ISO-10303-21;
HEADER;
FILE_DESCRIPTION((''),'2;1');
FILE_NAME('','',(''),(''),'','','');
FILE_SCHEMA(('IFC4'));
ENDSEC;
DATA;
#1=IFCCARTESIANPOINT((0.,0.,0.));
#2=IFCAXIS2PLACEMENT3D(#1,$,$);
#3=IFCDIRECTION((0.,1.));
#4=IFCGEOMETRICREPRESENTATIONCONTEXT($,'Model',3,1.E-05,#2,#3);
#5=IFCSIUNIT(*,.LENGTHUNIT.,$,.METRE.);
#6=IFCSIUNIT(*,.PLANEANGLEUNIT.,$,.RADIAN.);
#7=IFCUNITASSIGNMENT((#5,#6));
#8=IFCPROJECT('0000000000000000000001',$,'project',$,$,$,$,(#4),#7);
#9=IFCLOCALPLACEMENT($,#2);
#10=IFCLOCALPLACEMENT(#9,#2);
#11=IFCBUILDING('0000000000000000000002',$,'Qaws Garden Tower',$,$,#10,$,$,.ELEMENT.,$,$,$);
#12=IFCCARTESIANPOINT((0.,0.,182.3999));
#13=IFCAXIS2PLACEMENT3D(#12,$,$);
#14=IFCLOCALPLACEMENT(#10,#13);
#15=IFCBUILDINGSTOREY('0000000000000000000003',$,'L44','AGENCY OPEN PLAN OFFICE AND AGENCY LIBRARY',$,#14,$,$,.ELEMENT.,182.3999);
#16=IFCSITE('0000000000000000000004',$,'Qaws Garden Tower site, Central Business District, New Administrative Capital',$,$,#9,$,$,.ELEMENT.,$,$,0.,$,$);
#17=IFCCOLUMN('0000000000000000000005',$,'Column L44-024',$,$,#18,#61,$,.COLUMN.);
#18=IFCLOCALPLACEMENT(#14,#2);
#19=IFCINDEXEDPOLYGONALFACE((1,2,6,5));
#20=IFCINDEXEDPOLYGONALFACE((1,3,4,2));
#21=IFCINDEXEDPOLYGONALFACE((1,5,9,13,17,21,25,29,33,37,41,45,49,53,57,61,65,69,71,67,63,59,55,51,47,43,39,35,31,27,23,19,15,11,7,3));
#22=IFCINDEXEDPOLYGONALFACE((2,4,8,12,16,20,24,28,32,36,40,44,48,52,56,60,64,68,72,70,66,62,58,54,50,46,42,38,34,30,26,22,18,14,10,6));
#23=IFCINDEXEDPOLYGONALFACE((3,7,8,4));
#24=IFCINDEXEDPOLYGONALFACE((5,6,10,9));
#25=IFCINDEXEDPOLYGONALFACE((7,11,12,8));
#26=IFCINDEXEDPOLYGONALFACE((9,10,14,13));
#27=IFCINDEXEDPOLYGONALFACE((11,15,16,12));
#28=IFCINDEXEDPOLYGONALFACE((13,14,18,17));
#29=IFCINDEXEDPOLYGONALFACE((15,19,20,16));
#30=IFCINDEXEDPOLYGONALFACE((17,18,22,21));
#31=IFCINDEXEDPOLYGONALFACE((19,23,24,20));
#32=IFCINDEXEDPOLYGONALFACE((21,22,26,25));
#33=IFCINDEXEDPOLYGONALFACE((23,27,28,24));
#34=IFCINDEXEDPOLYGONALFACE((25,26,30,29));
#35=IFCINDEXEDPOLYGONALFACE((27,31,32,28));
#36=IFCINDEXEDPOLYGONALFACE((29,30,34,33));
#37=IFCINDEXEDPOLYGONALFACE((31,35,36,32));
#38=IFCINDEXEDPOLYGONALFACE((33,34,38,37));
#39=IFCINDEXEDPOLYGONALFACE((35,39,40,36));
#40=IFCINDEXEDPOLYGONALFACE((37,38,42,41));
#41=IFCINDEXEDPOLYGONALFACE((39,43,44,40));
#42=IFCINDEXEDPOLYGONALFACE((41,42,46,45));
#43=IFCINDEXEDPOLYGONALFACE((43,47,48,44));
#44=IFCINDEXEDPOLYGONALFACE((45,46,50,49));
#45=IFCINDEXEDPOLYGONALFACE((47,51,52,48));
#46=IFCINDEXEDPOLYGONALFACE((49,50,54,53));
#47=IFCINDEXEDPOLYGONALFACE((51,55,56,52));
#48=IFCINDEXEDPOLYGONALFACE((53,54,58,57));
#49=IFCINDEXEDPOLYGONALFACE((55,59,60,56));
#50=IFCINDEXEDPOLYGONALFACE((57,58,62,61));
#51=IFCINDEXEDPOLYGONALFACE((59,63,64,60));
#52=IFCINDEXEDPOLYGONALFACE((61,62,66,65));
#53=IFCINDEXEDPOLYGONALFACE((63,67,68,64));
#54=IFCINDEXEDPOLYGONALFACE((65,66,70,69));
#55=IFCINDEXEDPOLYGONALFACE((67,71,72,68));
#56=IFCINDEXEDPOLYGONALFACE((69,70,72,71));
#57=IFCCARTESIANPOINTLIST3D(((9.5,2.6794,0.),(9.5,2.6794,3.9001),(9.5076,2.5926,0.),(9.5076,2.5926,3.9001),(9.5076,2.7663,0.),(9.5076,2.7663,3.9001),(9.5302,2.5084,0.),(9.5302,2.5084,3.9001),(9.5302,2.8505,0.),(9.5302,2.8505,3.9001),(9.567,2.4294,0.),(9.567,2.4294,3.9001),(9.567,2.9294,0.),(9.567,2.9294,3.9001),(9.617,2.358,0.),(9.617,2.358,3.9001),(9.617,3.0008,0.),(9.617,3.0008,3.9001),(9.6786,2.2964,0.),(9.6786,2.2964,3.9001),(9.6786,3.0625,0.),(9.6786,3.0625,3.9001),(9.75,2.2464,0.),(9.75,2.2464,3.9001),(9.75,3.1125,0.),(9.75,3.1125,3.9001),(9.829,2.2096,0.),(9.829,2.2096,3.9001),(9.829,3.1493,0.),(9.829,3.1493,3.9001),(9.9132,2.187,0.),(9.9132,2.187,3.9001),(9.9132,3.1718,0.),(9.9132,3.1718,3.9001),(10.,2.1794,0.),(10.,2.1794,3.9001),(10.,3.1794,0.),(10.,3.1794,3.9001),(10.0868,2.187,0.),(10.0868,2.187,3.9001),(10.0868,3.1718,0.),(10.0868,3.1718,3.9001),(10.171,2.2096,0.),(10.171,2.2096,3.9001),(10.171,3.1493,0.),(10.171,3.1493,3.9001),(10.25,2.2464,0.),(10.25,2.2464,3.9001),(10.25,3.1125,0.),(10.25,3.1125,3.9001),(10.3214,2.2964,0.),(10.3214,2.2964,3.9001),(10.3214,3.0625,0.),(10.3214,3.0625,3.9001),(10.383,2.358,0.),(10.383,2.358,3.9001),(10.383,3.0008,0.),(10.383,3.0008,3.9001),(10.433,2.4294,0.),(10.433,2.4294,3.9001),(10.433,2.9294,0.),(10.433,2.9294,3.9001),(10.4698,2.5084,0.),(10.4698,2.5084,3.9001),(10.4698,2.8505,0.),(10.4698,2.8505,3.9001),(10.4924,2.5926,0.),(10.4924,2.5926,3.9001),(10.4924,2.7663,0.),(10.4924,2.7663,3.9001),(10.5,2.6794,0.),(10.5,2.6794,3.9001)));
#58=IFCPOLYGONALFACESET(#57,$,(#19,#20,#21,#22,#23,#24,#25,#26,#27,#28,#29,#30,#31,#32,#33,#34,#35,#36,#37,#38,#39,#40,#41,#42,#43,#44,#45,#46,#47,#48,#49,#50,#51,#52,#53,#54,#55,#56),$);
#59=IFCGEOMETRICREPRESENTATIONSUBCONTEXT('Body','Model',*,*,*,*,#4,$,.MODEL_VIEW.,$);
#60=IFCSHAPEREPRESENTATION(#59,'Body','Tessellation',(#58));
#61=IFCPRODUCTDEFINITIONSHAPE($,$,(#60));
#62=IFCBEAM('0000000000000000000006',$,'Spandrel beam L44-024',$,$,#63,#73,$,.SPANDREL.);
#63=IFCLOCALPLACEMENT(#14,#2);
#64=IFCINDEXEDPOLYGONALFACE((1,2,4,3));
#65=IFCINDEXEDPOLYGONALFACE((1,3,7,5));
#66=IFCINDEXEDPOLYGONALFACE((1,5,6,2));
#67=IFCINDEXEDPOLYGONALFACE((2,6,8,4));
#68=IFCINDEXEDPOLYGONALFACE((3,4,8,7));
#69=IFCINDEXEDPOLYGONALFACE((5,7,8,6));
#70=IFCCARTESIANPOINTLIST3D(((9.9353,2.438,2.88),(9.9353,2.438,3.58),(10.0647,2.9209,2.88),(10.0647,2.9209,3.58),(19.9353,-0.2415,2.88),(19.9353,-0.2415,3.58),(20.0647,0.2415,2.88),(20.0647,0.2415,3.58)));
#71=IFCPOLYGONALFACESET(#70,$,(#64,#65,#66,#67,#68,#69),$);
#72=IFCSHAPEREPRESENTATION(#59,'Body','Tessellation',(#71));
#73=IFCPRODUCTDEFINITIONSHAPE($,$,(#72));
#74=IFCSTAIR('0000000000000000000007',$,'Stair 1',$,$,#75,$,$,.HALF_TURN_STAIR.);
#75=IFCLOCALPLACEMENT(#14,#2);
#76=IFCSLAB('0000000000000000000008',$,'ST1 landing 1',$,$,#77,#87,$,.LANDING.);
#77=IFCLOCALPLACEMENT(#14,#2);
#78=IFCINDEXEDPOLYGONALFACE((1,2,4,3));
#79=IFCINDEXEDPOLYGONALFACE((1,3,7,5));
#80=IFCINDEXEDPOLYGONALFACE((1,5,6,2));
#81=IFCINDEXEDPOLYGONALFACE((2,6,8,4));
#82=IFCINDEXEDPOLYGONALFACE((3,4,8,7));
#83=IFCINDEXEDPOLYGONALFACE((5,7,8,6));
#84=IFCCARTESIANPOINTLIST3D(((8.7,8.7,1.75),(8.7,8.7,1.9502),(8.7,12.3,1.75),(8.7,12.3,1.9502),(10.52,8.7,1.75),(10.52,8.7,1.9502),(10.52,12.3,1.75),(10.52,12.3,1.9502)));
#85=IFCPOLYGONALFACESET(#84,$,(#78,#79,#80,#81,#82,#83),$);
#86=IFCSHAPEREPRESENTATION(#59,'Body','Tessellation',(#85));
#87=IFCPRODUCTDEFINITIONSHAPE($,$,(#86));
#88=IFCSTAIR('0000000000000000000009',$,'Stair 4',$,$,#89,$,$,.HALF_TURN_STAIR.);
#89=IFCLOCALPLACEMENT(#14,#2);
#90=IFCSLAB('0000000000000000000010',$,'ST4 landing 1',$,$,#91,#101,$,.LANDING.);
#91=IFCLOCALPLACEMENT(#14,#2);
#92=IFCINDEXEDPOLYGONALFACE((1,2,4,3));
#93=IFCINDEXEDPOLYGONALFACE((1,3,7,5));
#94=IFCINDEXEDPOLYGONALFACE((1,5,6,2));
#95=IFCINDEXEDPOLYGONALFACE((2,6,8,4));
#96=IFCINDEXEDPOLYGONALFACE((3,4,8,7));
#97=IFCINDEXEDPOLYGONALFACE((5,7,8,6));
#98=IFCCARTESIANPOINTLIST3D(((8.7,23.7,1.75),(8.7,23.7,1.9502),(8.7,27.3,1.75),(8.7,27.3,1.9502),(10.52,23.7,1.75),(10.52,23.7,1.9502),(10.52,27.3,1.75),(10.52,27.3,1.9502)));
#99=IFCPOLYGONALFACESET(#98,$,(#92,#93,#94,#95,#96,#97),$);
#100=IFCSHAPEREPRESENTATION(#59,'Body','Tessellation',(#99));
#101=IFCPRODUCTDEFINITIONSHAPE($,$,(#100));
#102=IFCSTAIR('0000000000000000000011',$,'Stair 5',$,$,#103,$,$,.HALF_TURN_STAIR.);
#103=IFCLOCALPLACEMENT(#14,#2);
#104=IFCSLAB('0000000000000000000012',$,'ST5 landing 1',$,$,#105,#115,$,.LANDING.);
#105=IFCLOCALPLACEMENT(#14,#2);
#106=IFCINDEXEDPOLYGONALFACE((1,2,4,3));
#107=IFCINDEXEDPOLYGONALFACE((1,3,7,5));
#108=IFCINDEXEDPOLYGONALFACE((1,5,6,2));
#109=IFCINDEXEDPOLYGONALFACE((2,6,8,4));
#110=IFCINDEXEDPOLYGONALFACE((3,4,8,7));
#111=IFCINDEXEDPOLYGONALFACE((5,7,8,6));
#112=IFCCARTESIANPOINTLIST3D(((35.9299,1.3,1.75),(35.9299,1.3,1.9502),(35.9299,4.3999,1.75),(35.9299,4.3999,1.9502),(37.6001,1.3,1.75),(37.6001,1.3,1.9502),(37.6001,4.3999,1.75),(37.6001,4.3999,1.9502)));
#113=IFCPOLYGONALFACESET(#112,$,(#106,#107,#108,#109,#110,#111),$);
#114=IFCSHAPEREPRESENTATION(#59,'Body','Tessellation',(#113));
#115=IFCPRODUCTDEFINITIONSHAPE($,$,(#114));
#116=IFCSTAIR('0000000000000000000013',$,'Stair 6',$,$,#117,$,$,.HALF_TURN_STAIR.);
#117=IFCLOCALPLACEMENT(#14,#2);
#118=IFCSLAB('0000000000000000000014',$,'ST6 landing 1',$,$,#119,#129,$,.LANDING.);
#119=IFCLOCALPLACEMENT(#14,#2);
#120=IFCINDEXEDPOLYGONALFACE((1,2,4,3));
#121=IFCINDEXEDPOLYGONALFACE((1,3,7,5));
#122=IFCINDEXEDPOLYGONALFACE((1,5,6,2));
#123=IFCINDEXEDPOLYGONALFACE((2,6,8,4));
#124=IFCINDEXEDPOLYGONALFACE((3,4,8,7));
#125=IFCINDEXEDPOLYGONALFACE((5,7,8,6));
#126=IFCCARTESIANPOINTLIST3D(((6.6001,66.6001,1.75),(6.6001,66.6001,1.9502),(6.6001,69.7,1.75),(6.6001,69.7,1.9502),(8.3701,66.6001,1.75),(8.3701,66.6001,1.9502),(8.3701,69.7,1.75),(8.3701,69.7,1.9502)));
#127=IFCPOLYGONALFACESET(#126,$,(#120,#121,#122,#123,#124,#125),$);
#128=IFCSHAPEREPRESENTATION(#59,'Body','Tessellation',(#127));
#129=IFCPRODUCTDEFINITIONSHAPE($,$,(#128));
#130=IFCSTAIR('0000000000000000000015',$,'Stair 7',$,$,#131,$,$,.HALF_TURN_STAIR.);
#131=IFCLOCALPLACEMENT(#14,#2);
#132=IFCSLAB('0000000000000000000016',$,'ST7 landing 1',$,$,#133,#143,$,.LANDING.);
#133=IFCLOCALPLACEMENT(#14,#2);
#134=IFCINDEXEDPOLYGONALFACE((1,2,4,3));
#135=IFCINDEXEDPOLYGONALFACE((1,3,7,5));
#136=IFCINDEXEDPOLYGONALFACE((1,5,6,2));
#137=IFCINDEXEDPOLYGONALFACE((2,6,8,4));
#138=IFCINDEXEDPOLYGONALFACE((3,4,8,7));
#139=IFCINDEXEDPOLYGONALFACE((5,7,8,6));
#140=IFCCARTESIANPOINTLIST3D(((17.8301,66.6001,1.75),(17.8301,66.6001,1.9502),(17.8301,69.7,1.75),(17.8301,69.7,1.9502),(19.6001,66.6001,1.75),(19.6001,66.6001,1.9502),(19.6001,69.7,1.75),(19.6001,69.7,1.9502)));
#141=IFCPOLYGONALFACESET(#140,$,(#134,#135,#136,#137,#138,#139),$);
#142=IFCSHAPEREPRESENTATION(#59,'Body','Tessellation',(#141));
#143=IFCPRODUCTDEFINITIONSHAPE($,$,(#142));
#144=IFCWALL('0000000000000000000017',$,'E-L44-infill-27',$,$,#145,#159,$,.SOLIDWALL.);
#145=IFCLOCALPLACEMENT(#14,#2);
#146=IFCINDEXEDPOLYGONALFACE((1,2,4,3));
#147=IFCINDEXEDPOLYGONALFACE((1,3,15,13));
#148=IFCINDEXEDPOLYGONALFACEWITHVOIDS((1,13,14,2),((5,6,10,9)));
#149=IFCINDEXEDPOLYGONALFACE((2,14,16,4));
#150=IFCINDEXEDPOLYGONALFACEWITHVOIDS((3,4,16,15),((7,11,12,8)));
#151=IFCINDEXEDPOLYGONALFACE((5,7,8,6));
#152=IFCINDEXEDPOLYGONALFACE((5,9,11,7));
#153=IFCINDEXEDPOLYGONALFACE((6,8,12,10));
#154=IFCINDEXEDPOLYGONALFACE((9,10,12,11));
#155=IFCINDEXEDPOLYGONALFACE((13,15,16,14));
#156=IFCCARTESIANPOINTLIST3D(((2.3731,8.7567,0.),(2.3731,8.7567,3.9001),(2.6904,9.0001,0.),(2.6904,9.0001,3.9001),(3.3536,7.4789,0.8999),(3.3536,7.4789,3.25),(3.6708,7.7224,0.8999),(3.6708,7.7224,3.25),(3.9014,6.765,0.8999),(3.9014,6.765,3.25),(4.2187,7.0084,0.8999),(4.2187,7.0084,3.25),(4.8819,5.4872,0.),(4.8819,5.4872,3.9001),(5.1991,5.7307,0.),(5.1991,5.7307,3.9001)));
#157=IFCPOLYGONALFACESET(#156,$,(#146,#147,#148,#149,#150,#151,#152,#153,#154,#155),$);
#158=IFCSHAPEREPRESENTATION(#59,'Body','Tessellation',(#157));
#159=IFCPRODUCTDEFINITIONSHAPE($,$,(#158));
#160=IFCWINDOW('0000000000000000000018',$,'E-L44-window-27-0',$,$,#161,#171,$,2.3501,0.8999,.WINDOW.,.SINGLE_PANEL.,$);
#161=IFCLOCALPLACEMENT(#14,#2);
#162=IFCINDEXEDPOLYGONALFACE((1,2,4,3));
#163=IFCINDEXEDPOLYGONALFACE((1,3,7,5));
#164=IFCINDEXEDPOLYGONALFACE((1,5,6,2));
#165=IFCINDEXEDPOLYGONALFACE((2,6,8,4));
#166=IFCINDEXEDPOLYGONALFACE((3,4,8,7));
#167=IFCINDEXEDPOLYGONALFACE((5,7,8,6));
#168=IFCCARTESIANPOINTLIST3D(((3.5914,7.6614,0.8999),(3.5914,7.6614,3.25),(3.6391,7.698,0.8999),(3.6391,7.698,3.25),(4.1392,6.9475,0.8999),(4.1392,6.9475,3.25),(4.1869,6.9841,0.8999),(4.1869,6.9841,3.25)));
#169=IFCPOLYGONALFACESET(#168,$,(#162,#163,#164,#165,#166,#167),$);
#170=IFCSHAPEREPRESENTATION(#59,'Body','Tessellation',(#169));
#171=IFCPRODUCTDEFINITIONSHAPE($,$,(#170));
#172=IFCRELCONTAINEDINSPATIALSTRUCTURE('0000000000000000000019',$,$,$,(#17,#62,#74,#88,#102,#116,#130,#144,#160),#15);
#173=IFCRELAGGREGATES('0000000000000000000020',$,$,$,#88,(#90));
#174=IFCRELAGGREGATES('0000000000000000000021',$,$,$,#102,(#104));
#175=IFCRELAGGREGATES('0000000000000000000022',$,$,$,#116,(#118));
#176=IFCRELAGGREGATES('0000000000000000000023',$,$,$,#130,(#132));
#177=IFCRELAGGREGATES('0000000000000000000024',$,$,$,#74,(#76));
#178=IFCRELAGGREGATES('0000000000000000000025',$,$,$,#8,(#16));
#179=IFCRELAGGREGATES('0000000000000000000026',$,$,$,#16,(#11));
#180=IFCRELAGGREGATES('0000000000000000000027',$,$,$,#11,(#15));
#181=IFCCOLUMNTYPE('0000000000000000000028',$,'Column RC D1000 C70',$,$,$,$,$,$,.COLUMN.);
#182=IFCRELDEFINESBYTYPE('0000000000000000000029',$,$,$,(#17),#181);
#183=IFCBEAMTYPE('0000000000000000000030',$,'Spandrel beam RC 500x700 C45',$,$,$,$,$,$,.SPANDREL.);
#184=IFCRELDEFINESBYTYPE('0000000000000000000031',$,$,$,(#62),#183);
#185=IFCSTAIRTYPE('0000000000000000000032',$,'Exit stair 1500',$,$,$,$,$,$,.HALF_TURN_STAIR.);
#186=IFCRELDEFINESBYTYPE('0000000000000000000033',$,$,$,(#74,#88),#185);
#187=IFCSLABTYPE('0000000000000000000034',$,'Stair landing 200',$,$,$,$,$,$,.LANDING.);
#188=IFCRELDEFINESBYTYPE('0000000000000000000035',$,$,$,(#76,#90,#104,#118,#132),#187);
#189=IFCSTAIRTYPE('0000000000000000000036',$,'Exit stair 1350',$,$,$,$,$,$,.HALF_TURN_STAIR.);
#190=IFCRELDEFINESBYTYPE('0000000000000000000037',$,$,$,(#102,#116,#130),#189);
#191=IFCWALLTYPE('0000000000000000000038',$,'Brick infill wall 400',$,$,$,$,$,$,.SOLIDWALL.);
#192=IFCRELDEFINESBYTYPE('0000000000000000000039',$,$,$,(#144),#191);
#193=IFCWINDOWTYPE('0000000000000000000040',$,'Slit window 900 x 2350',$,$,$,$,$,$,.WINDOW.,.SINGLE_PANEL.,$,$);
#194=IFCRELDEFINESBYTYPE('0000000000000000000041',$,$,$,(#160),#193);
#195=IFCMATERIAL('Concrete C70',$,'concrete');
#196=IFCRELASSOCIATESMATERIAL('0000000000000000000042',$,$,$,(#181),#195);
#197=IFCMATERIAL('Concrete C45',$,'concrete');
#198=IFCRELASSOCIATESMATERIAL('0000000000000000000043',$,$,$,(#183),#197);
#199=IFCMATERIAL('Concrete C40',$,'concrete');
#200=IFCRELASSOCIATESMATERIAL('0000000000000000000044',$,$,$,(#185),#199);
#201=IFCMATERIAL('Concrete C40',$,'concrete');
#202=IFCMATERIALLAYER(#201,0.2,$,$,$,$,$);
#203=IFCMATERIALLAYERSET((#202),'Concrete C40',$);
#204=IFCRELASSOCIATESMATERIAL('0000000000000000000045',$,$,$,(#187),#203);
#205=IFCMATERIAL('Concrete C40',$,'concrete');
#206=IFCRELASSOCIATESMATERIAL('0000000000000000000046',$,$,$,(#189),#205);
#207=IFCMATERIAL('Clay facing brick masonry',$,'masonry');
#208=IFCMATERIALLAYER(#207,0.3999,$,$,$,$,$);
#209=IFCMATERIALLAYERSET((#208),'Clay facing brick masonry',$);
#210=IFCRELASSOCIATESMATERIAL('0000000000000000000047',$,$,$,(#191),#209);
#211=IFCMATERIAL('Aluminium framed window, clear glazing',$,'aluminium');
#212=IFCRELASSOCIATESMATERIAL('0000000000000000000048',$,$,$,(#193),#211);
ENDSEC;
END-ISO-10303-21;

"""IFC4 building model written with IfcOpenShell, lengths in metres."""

from ifc_helpers import new_model, si_unit, direction, frame, frame_2d, origin, origin_2d, place, context, subcontext, project, spatial, polyline, rectangle, circle, outline, extrude, material, layer, layer_set, material_profile, profile_set, type_object, element, fill, aggregate, save


model = new_model("IFC4")

# Units and contexts
model_context = context("Model", 3, precision=1e-05, world=origin(), true_north=direction((0.0, 1.0)))
body_context = subcontext(model_context, "Body", "Model", "MODEL_VIEW")
ifc_project = project(units=[si_unit("LENGTHUNIT", "METRE"), si_unit("PLANEANGLEUNIT", "RADIAN")], contexts=[model_context])

# Site, building, storey
site_placement = place(None, origin())
site = spatial("IfcSite", under=ifc_project, at=site_placement, Name="Qaws Garden Tower site, Central Business District, New Administrative Capital", CompositionType="ELEMENT", RefElevation=0.0)
building_placement = place(site_placement, origin())
building = spatial("IfcBuilding", under=site, at=building_placement, Name="Qaws Garden Tower", CompositionType="ELEMENT")
storey_placement = place(building_placement, frame((0.0, 0.0, 182.3999)))
storey = spatial("IfcBuildingStorey", under=building, at=storey_placement, Name="L44", Description="AGENCY OPEN PLAN OFFICE AND AGENCY LIBRARY", CompositionType="ELEMENT", Elevation=182.3999)

# Column
ifc_material_1 = material(Name="Concrete C70", Category="concrete")
ifc_material_profile_1 = material_profile(ifc_material_1, circle(Radius=0.5, at=origin_2d()), Name="RC D1000")
ifc_profile_set_1 = profile_set([ifc_material_profile_1], Name="Concrete C70")
column_type = type_object("IfcColumnType", Name="Column RC D1000 C70", PredefinedType="COLUMN", material=ifc_profile_set_1)
column_placement = place(storey_placement, frame((10.0, 2.6794, 0.0), z_axis=(0.0, 0.0, 1.0), x_axis=(1.0, 0.0, 0.0)))
element("IfcColumn", 1, at=column_placement, inside=storey, type_object=column_type, Name="Column L44-024", PredefinedType="COLUMN", context=body_context, shape_type="SweptSolid", body=[
    extrude(circle(Radius=0.5, at=origin_2d()), origin(), (0.0, 0.0, 1.0), 3.9001),
])

# Beam
ifc_material_2 = material(Name="Concrete C45", Category="concrete")
ifc_material_profile_2 = material_profile(ifc_material_2, rectangle(XDim=0.5, YDim=0.7, at=origin_2d()), Name="RC 500x700")
ifc_profile_set_2 = profile_set([ifc_material_profile_2], Name="Concrete C45")
beam_type = type_object("IfcBeamType", Name="Spandrel beam RC 500x700 C45", PredefinedType="SPANDREL", material=ifc_profile_set_2)
beam_placement = place(storey_placement, frame((10.0, 2.6794, 3.23), z_axis=(0.965927, -0.258815, 0.0), x_axis=(0.258815, 0.965927, 0.0)))
element("IfcBeam", 2, at=beam_placement, inside=storey, type_object=beam_type, Name="Spandrel beam L44-024", PredefinedType="SPANDREL", context=body_context, shape_type="SweptSolid", body=[
    extrude(rectangle(XDim=0.5, YDim=0.7, at=origin_2d()), origin(), (0.0, 0.0, 1.0), 10.3528),
])

# Stairs, slabs
ifc_material_3 = material(Name="Concrete C40", Category="concrete")
stair_type_1 = type_object("IfcStairType", Name="Exit stair 1500", PredefinedType="HALF_TURN_STAIR", material=ifc_material_3)
placement_1 = place(storey_placement, origin())
stair_1 = element("IfcStair", 3, at=placement_1, inside=storey, type_object=stair_type_1, Name="Stair 1", PredefinedType="HALF_TURN_STAIR")
ifc_material_4 = material(Name="Concrete C40", Category="concrete")
ifc_layer_1 = layer(ifc_material_4, 0.2)
ifc_layer_set_1 = layer_set([ifc_layer_1], Name="Concrete C40")
slab_type = type_object("IfcSlabType", Name="Stair landing 200", PredefinedType="LANDING", material=ifc_layer_set_1)
placement_2 = place(storey_placement, frame((0.0, 0.0, 1.75)))
slab_1 = element("IfcSlab", 4, at=placement_2, type_object=slab_type, Name="ST1 landing 1", PredefinedType="LANDING", context=body_context, shape_type="SweptSolid", body=[
    extrude(outline(polyline([(8.7, 8.7), (10.52, 8.7), (10.52, 12.3), (8.7, 12.3), (8.7, 8.7)])), origin(), (0.0, 0.0, 1.0), 0.2002),
])
stair_2 = element("IfcStair", 5, at=placement_1, inside=storey, type_object=stair_type_1, Name="Stair 4", PredefinedType="HALF_TURN_STAIR")
slab_2 = element("IfcSlab", 6, at=placement_2, type_object=slab_type, Name="ST4 landing 1", PredefinedType="LANDING", context=body_context, shape_type="SweptSolid", body=[
    extrude(outline(polyline([(8.7, 23.7), (10.52, 23.7), (10.52, 27.3), (8.7, 27.3), (8.7, 23.7)])), origin(), (0.0, 0.0, 1.0), 0.2002),
])
aggregate(stair_2, [slab_2])
ifc_material_5 = material(Name="Concrete C40", Category="concrete")
stair_type_2 = type_object("IfcStairType", Name="Exit stair 1350", PredefinedType="HALF_TURN_STAIR", material=ifc_material_5)
stair_3 = element("IfcStair", 7, at=placement_1, inside=storey, type_object=stair_type_2, Name="Stair 5", PredefinedType="HALF_TURN_STAIR")
slab_3 = element("IfcSlab", 8, at=placement_2, type_object=slab_type, Name="ST5 landing 1", PredefinedType="LANDING", context=body_context, shape_type="SweptSolid", body=[
    extrude(outline(polyline([(35.9299, 1.3), (37.6001, 1.3), (37.6001, 4.3999), (35.9299, 4.3999), (35.9299, 1.3)])), origin(), (0.0, 0.0, 1.0), 0.2002),
])
aggregate(stair_3, [slab_3])
stair_4 = element("IfcStair", 9, at=placement_1, inside=storey, type_object=stair_type_2, Name="Stair 6", PredefinedType="HALF_TURN_STAIR")
slab_4 = element("IfcSlab", 10, at=placement_2, type_object=slab_type, Name="ST6 landing 1", PredefinedType="LANDING", context=body_context, shape_type="SweptSolid", body=[
    extrude(outline(polyline([(6.6001, 66.6001), (8.3701, 66.6001), (8.3701, 69.7), (6.6001, 69.7), (6.6001, 66.6001)])), origin(), (0.0, 0.0, 1.0), 0.2002),
])
aggregate(stair_4, [slab_4])
stair_5 = element("IfcStair", 11, at=placement_1, inside=storey, type_object=stair_type_2, Name="Stair 7", PredefinedType="HALF_TURN_STAIR")
slab_5 = element("IfcSlab", 12, at=placement_2, type_object=slab_type, Name="ST7 landing 1", PredefinedType="LANDING", context=body_context, shape_type="SweptSolid", body=[
    extrude(outline(polyline([(17.8301, 66.6001), (19.6001, 66.6001), (19.6001, 69.7), (17.8301, 69.7), (17.8301, 66.6001)])), origin(), (0.0, 0.0, 1.0), 0.2002),
])
aggregate(stair_5, [slab_5])

# Wall, opening, window
ifc_material_6 = material(Name="Clay facing brick masonry", Category="masonry")
ifc_layer_2 = layer(ifc_material_6, 0.3999)
ifc_layer_set_2 = layer_set([ifc_layer_2], Name="Clay facing brick masonry")
wall_type_1 = type_object("IfcWallType", Name="Brick infill wall 400", PredefinedType="SOLIDWALL", material=ifc_layer_set_2)
wall_1_placement = place(storey_placement, frame((2.5317, 8.8784, 0.0), z_axis=(0.0, 0.0, 1.0), x_axis=(0.60876, -0.793355, 0.0)))
wall_1 = element("IfcWall", 13, at=wall_1_placement, inside=storey, type_object=wall_type_1, Name="E-L44-infill-27", PredefinedType="SOLIDWALL", context=body_context, shape_type="SweptSolid", body=[
    extrude(rectangle(XDim=4.1211, YDim=0.3999, at=frame_2d((2.0605, 0.0))), origin(), (0.0, 0.0, 1.0), 3.9001),
])
opening_1_placement = place(wall_1_placement, frame((1.6106, 0.0, 0.8999)))
opening_1 = element("IfcOpeningElement", 14, at=opening_1_placement, cuts=wall_1, PredefinedType="OPENING", context=body_context, shape_type="SweptSolid", body=[
    extrude(rectangle(XDim=0.8999, YDim=2.3501, at=frame_2d((0.45, 1.175))), frame((0.0, 0.21, 0.0), z_axis=(0.0, -1.0, 0.0), x_axis=(1.0, 0.0, 0.0)), (0.0, 0.0, 1.0), 0.4199),
])
ifc_material_7 = material(Name="Aluminium framed window, clear glazing", Category="aluminium")
window_type = type_object("IfcWindowType", Name="Slit window 900 x 2350", PartitioningType="SINGLE_PANEL", PredefinedType="WINDOW", material=ifc_material_7)
window_1_placement = place(opening_1_placement, origin())
window_1 = element("IfcWindow", 15, at=window_1_placement, inside=storey, type_object=window_type, Name="E-L44-window-27-0", OverallHeight=2.3501, OverallWidth=0.8999, PartitioningType="SINGLE_PANEL", PredefinedType="WINDOW", context=body_context, shape_type="SweptSolid", body=[
    extrude(rectangle(XDim=0.8999, YDim=2.3501, at=frame_2d((0.45, 1.175))), frame((0.0, 0.1599, 0.0), z_axis=(0.0, -1.0, 0.0), x_axis=(1.0, 0.0, 0.0)), (0.0, 0.0, 1.0), 0.0601),
])
fill(opening_1, window_1)

aggregate(stair_1, [slab_1])

save(model, "model.ifc")
